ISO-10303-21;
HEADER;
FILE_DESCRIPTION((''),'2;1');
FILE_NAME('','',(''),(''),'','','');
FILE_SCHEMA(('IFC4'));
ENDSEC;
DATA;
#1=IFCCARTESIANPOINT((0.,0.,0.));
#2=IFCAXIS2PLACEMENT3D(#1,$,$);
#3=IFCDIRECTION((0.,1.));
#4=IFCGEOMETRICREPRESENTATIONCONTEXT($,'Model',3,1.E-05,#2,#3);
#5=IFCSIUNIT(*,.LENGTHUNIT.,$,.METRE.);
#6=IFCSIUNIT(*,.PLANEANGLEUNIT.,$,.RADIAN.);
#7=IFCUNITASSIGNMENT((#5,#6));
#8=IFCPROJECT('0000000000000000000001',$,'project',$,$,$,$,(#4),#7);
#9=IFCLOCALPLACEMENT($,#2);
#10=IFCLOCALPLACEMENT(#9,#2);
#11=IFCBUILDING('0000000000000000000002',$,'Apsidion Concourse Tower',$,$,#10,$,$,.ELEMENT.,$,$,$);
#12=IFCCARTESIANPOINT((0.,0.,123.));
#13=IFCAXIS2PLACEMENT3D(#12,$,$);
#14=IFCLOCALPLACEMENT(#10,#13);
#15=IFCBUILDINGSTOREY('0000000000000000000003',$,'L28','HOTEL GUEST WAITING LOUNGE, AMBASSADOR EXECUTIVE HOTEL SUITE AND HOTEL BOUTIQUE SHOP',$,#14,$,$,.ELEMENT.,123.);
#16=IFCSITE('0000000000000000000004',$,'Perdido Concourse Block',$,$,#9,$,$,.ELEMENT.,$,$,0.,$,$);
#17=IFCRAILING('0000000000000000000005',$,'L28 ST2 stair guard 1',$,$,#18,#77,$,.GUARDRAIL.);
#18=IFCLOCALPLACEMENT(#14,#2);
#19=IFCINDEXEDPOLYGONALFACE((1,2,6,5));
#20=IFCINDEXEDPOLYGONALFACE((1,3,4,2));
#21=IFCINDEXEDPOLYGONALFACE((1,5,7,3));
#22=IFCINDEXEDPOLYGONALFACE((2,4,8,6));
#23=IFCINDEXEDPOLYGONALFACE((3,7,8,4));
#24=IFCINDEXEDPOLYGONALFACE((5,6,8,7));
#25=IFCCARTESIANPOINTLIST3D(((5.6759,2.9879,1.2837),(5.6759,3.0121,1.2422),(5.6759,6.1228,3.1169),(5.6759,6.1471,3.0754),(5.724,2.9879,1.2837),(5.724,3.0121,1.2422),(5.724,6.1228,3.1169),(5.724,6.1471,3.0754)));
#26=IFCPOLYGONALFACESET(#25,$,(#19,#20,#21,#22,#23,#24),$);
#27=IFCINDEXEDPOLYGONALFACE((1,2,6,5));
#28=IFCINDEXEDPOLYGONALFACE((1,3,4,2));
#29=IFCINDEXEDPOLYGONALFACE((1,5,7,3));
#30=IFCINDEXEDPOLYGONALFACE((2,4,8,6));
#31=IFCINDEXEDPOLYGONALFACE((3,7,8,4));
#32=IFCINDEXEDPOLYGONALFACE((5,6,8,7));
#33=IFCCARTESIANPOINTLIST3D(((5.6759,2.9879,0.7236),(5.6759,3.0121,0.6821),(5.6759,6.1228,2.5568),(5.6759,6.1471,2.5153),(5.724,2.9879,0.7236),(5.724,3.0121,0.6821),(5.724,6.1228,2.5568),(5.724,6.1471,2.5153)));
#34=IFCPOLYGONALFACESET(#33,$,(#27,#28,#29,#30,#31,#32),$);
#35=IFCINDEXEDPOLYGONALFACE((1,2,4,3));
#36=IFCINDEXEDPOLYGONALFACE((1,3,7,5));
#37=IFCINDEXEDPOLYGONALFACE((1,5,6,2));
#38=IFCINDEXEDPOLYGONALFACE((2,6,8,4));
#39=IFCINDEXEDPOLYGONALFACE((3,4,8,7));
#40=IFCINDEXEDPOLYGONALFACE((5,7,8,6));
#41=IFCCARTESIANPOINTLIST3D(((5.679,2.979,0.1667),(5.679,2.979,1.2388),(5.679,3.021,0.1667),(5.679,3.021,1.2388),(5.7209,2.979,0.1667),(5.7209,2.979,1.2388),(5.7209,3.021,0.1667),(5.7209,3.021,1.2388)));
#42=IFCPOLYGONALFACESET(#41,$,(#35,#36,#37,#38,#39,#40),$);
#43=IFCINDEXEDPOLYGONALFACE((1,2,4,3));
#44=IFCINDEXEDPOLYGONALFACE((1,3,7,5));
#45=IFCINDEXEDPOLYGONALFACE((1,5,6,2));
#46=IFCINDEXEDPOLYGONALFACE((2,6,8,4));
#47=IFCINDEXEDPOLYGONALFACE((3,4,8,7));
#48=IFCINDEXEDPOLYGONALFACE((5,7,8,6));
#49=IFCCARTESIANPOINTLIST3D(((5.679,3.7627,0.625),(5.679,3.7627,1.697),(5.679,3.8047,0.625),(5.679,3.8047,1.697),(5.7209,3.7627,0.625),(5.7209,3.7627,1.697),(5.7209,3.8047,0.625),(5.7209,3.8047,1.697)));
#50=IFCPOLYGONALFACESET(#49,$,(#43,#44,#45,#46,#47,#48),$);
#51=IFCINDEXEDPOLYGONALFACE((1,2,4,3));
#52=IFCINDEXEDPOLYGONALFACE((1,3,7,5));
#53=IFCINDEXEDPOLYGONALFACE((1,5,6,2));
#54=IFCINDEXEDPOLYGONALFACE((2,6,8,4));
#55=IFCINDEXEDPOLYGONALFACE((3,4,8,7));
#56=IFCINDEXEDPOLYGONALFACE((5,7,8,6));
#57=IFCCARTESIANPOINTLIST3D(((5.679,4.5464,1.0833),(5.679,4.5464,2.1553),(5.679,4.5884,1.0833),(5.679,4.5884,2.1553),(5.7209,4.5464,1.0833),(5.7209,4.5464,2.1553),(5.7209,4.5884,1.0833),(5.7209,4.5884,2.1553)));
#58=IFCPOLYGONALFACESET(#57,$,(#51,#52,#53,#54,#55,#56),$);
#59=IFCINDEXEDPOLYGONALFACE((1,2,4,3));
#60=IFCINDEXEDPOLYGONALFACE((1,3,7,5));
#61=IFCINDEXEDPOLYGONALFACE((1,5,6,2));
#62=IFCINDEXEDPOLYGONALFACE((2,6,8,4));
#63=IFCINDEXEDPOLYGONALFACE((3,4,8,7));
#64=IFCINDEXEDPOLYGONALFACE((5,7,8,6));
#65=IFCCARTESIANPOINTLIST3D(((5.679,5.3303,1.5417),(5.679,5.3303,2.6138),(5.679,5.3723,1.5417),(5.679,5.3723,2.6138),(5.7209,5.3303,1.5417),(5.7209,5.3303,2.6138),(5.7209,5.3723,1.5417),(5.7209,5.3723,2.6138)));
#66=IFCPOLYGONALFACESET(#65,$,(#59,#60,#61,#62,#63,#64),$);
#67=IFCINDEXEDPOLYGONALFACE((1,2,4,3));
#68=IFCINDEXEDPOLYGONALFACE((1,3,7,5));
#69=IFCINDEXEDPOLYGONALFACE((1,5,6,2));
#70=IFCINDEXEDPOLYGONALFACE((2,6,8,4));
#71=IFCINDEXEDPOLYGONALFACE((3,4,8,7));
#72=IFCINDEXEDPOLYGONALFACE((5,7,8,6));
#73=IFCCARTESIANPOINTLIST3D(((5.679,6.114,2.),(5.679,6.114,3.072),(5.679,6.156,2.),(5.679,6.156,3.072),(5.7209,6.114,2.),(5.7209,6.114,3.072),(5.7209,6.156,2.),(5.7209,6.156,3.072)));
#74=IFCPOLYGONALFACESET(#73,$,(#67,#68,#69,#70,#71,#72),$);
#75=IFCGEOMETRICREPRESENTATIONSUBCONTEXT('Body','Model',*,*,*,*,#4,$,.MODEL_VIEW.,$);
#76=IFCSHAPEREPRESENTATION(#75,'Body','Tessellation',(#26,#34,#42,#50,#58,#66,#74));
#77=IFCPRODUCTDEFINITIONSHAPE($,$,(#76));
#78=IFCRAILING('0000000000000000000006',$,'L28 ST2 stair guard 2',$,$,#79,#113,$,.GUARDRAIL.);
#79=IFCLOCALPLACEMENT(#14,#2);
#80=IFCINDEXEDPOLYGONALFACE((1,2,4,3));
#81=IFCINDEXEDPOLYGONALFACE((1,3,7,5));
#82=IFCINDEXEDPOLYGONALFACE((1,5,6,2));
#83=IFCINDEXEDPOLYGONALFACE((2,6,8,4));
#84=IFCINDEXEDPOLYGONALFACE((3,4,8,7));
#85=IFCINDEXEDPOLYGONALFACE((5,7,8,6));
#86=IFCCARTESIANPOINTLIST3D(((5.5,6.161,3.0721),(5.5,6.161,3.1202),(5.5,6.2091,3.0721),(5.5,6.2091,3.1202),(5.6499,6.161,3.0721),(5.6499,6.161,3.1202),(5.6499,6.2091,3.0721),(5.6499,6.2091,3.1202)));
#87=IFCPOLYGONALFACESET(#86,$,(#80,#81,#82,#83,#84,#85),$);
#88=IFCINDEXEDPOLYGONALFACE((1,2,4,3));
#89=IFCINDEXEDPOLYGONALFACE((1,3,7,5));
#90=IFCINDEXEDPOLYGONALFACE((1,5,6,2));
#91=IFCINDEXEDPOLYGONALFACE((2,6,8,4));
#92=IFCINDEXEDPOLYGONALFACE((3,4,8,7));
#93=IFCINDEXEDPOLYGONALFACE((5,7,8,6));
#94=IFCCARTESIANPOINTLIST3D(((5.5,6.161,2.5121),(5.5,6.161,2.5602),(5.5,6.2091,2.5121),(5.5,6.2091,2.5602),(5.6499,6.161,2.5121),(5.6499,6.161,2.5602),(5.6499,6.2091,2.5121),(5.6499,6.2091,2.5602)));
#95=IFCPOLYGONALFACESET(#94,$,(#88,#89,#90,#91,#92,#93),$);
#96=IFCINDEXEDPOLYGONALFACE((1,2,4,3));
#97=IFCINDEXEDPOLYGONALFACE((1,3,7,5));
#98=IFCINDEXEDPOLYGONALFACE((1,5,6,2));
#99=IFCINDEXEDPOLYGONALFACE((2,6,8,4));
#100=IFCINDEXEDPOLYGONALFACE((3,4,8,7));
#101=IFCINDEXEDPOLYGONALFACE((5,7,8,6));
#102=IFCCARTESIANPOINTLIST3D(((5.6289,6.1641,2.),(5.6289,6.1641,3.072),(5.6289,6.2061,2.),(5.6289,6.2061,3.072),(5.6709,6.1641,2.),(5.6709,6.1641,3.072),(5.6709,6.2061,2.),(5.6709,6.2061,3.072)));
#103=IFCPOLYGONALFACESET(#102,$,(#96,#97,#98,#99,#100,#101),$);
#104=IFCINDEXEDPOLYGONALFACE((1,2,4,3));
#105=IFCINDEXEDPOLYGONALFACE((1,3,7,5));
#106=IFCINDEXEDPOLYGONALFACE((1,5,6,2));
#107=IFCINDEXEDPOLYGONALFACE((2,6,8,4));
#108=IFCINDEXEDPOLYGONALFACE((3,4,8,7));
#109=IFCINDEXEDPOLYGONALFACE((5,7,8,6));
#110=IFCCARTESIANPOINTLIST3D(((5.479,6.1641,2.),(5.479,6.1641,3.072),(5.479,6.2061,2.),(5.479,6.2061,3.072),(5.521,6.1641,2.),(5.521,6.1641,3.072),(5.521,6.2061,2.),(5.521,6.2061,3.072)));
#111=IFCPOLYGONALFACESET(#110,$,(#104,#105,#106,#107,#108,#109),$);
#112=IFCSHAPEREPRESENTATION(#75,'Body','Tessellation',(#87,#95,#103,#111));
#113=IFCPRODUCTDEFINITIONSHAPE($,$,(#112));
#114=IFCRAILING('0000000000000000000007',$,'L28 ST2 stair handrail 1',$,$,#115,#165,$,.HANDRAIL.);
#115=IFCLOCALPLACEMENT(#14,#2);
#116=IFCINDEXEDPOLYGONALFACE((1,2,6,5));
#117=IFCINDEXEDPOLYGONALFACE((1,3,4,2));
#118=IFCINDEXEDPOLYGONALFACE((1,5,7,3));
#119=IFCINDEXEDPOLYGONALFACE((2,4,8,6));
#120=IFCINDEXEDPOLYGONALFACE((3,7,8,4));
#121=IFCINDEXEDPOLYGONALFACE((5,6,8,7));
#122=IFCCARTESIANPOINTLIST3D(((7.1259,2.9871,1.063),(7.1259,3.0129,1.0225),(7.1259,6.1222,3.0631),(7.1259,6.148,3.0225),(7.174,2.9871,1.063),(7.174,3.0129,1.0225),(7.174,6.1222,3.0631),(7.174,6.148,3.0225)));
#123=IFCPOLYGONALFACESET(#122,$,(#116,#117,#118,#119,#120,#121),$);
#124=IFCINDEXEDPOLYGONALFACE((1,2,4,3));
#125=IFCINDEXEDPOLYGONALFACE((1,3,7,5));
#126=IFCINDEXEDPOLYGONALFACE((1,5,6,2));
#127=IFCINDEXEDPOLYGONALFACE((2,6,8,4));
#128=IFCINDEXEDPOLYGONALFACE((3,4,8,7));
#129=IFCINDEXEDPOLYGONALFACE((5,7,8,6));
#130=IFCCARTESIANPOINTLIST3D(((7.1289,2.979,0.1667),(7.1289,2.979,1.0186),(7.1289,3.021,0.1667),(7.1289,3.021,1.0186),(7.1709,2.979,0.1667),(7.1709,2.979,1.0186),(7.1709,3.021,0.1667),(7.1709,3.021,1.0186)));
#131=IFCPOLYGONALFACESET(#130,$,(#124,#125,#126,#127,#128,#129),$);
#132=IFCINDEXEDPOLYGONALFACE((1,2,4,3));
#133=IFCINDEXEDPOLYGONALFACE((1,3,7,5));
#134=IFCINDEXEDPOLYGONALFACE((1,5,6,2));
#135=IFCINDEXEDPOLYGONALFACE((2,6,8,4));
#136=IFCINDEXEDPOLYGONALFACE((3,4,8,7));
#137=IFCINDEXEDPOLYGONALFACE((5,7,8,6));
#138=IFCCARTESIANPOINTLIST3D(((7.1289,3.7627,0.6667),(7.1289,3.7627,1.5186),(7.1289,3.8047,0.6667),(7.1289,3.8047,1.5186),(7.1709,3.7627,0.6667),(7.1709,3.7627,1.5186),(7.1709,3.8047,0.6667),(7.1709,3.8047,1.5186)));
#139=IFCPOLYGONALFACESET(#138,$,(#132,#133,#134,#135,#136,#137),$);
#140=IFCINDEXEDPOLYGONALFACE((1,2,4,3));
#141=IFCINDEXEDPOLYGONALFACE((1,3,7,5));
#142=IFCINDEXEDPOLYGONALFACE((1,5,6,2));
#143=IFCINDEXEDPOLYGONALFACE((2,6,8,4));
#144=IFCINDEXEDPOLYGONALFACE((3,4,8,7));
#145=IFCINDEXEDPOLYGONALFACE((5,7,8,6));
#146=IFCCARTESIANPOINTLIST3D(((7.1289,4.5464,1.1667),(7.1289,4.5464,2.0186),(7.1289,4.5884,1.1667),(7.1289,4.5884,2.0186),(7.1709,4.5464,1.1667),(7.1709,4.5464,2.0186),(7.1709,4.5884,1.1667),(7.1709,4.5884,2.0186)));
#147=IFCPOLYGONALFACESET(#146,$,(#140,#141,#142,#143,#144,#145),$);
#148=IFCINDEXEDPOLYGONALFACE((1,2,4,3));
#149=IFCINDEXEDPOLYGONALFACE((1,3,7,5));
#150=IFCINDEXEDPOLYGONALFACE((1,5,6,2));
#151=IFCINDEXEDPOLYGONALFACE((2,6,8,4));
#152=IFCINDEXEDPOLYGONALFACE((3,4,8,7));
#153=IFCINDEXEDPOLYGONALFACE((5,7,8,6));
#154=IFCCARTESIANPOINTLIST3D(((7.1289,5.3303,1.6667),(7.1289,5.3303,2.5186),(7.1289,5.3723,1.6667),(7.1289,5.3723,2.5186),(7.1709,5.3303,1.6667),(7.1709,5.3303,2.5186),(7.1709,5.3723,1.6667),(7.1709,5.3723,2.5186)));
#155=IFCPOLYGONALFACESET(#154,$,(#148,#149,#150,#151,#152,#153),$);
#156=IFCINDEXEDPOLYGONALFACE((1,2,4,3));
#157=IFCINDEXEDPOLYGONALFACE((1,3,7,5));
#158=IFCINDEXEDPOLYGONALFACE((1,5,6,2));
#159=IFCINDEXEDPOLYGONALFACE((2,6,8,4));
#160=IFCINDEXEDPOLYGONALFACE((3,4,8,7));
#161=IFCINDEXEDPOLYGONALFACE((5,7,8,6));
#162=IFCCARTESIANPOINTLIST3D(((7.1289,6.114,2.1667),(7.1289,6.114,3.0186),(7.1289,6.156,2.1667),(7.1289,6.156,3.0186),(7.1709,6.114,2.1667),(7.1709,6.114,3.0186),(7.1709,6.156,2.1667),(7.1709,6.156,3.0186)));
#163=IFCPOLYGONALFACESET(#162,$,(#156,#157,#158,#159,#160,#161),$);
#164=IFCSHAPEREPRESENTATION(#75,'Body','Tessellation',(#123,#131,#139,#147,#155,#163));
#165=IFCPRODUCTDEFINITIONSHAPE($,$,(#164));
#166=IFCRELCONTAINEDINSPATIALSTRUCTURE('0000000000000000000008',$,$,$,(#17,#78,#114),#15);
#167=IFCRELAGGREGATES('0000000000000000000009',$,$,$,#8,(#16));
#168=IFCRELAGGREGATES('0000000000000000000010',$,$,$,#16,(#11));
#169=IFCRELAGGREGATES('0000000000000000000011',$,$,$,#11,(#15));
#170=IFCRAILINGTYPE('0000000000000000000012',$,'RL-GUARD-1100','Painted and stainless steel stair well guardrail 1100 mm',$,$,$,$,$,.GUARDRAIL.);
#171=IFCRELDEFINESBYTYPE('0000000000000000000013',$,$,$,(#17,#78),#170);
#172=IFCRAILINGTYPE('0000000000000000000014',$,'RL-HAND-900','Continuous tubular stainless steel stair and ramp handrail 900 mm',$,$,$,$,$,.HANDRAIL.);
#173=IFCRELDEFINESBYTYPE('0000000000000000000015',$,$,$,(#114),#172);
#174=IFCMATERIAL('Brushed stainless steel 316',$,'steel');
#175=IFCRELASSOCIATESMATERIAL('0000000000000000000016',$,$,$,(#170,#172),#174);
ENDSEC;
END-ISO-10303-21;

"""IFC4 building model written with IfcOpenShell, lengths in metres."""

from ifc_helpers import new_model, si_unit, direction, frame, origin, origin_2d, place, context, subcontext, project, spatial, rectangle, extrude, material, type_object, element, save


model = new_model("IFC4")

# Units and contexts
model_context = context("Model", 3, precision=1e-05, world=origin(), true_north=direction((0.0, 1.0)))
body_context = subcontext(model_context, "Body", "Model", "MODEL_VIEW")
ifc_project = project(units=[si_unit("LENGTHUNIT", "METRE"), si_unit("PLANEANGLEUNIT", "RADIAN")], contexts=[model_context])

# Site, building, storey
site_placement = place(None, origin())
site = spatial("IfcSite", under=ifc_project, at=site_placement, Name="Perdido Concourse Block", CompositionType="ELEMENT", RefElevation=0.0)
building_placement = place(site_placement, origin())
building = spatial("IfcBuilding", under=site, at=building_placement, Name="Apsidion Concourse Tower", CompositionType="ELEMENT")
storey_placement = place(building_placement, frame((0.0, 0.0, 123.0)))
storey = spatial("IfcBuildingStorey", under=building, at=storey_placement, Name="L28", Description="HOTEL GUEST WAITING LOUNGE, AMBASSADOR EXECUTIVE HOTEL SUITE AND HOTEL BOUTIQUE SHOP", CompositionType="ELEMENT", Elevation=123.0)

# Shared definitions
ifc_material_1 = material(Name="Brushed stainless steel 316", Category="steel")

# Railings
railing_type_1 = type_object("IfcRailingType", Name="RL-GUARD-1100", Description="Painted and stainless steel stair well guardrail 1100 mm", PredefinedType="GUARDRAIL", material=ifc_material_1)
railing_1_placement = place(storey_placement, frame((5.7, 3.0, 0.1667)))
element("IfcRailing", 1, at=railing_1_placement, inside=storey, type_object=railing_type_1, Name="L28 ST2 stair guard 1", PredefinedType="GUARDRAIL", context=body_context, shape_type="SweptSolid", body=[
    extrude(rectangle(XDim=0.0481, YDim=0.0481, at=origin_2d()), frame((0.0, 0.0, 1.0962), z_axis=(0.0, 0.86324, 0.504794), x_axis=(-1.0, 0.0, 0.0)), (0.0, 0.0, 1.0), 3.6316),
    extrude(rectangle(XDim=0.0481, YDim=0.0481, at=origin_2d()), frame((0.0, 0.0, 0.5361), z_axis=(0.0, 0.86324, 0.504794), x_axis=(-1.0, 0.0, 0.0)), (0.0, 0.0, 1.0), 3.6316),
    extrude(rectangle(XDim=0.042, YDim=0.042, at=origin_2d()), origin(), (0.0, 0.0, 1.0), 1.072),
    extrude(rectangle(XDim=0.042, YDim=0.042, at=origin_2d()), frame((0.0, 0.7837, 0.4583)), (0.0, 0.0, 1.0), 1.072),
    extrude(rectangle(XDim=0.042, YDim=0.042, at=origin_2d()), frame((0.0, 1.5674, 0.9165)), (0.0, 0.0, 1.0), 1.072),
    extrude(rectangle(XDim=0.042, YDim=0.042, at=origin_2d()), frame((0.0, 2.3513, 1.375)), (0.0, 0.0, 1.0), 1.072),
    extrude(rectangle(XDim=0.042, YDim=0.042, at=origin_2d()), frame((0.0, 3.135, 1.8333)), (0.0, 0.0, 1.0), 1.072),
])
railing_2_placement = place(storey_placement, frame((5.6499, 6.1851, 2.0)))
element("IfcRailing", 2, at=railing_2_placement, inside=storey, type_object=railing_type_1, Name="L28 ST2 stair guard 2", PredefinedType="GUARDRAIL", context=body_context, shape_type="SweptSolid", body=[
    extrude(rectangle(XDim=0.0481, YDim=0.0481, at=origin_2d()), frame((0.0, 0.0, 1.0962), z_axis=(-1.0, 0.0, 0.0), x_axis=(0.0, -1.0, 0.0)), (0.0, 0.0, 1.0), 0.1499),
    extrude(rectangle(XDim=0.0481, YDim=0.0481, at=origin_2d()), frame((0.0, 0.0, 0.5361), z_axis=(-1.0, 0.0, 0.0), x_axis=(0.0, -1.0, 0.0)), (0.0, 0.0, 1.0), 0.1499),
    extrude(rectangle(XDim=0.042, YDim=0.042, at=origin_2d()), origin(), (0.0, 0.0, 1.0), 1.072),
    extrude(rectangle(XDim=0.042, YDim=0.042, at=origin_2d()), frame((-0.1499, 0.0, 0.0)), (0.0, 0.0, 1.0), 1.072),
])
railing_type_2 = type_object("IfcRailingType", Name="RL-HAND-900", Description="Continuous tubular stainless steel stair and ramp handrail 900 mm", PredefinedType="HANDRAIL", material=ifc_material_1)
railing_3_placement = place(storey_placement, frame((7.1499, 3.0, 0.1667)))
element("IfcRailing", 3, at=railing_3_placement, inside=storey, type_object=railing_type_2, Name="L28 ST2 stair handrail 1", PredefinedType="HANDRAIL", context=body_context, shape_type="SweptSolid", body=[
    extrude(rectangle(XDim=0.0481, YDim=0.0481, at=origin_2d()), frame((0.0, 0.0, 0.876), z_axis=(0.0, 0.843053, 0.537831), x_axis=(-1.0, 0.0, 0.0)), (0.0, 0.0, 1.0), 3.7188),
    extrude(rectangle(XDim=0.042, YDim=0.042, at=origin_2d()), origin(), (0.0, 0.0, 1.0), 0.8518),
    extrude(rectangle(XDim=0.042, YDim=0.042, at=origin_2d()), frame((0.0, 0.7837, 0.5)), (0.0, 0.0, 1.0), 0.8518),
    extrude(rectangle(XDim=0.042, YDim=0.042, at=origin_2d()), frame((0.0, 1.5674, 1.0)), (0.0, 0.0, 1.0), 0.8518),
    extrude(rectangle(XDim=0.042, YDim=0.042, at=origin_2d()), frame((0.0, 2.3513, 1.5)), (0.0, 0.0, 1.0), 0.8518),
    extrude(rectangle(XDim=0.042, YDim=0.042, at=origin_2d()), frame((0.0, 3.135, 2.0)), (0.0, 0.0, 1.0), 0.8518),
])

save(model, "model.ifc")
